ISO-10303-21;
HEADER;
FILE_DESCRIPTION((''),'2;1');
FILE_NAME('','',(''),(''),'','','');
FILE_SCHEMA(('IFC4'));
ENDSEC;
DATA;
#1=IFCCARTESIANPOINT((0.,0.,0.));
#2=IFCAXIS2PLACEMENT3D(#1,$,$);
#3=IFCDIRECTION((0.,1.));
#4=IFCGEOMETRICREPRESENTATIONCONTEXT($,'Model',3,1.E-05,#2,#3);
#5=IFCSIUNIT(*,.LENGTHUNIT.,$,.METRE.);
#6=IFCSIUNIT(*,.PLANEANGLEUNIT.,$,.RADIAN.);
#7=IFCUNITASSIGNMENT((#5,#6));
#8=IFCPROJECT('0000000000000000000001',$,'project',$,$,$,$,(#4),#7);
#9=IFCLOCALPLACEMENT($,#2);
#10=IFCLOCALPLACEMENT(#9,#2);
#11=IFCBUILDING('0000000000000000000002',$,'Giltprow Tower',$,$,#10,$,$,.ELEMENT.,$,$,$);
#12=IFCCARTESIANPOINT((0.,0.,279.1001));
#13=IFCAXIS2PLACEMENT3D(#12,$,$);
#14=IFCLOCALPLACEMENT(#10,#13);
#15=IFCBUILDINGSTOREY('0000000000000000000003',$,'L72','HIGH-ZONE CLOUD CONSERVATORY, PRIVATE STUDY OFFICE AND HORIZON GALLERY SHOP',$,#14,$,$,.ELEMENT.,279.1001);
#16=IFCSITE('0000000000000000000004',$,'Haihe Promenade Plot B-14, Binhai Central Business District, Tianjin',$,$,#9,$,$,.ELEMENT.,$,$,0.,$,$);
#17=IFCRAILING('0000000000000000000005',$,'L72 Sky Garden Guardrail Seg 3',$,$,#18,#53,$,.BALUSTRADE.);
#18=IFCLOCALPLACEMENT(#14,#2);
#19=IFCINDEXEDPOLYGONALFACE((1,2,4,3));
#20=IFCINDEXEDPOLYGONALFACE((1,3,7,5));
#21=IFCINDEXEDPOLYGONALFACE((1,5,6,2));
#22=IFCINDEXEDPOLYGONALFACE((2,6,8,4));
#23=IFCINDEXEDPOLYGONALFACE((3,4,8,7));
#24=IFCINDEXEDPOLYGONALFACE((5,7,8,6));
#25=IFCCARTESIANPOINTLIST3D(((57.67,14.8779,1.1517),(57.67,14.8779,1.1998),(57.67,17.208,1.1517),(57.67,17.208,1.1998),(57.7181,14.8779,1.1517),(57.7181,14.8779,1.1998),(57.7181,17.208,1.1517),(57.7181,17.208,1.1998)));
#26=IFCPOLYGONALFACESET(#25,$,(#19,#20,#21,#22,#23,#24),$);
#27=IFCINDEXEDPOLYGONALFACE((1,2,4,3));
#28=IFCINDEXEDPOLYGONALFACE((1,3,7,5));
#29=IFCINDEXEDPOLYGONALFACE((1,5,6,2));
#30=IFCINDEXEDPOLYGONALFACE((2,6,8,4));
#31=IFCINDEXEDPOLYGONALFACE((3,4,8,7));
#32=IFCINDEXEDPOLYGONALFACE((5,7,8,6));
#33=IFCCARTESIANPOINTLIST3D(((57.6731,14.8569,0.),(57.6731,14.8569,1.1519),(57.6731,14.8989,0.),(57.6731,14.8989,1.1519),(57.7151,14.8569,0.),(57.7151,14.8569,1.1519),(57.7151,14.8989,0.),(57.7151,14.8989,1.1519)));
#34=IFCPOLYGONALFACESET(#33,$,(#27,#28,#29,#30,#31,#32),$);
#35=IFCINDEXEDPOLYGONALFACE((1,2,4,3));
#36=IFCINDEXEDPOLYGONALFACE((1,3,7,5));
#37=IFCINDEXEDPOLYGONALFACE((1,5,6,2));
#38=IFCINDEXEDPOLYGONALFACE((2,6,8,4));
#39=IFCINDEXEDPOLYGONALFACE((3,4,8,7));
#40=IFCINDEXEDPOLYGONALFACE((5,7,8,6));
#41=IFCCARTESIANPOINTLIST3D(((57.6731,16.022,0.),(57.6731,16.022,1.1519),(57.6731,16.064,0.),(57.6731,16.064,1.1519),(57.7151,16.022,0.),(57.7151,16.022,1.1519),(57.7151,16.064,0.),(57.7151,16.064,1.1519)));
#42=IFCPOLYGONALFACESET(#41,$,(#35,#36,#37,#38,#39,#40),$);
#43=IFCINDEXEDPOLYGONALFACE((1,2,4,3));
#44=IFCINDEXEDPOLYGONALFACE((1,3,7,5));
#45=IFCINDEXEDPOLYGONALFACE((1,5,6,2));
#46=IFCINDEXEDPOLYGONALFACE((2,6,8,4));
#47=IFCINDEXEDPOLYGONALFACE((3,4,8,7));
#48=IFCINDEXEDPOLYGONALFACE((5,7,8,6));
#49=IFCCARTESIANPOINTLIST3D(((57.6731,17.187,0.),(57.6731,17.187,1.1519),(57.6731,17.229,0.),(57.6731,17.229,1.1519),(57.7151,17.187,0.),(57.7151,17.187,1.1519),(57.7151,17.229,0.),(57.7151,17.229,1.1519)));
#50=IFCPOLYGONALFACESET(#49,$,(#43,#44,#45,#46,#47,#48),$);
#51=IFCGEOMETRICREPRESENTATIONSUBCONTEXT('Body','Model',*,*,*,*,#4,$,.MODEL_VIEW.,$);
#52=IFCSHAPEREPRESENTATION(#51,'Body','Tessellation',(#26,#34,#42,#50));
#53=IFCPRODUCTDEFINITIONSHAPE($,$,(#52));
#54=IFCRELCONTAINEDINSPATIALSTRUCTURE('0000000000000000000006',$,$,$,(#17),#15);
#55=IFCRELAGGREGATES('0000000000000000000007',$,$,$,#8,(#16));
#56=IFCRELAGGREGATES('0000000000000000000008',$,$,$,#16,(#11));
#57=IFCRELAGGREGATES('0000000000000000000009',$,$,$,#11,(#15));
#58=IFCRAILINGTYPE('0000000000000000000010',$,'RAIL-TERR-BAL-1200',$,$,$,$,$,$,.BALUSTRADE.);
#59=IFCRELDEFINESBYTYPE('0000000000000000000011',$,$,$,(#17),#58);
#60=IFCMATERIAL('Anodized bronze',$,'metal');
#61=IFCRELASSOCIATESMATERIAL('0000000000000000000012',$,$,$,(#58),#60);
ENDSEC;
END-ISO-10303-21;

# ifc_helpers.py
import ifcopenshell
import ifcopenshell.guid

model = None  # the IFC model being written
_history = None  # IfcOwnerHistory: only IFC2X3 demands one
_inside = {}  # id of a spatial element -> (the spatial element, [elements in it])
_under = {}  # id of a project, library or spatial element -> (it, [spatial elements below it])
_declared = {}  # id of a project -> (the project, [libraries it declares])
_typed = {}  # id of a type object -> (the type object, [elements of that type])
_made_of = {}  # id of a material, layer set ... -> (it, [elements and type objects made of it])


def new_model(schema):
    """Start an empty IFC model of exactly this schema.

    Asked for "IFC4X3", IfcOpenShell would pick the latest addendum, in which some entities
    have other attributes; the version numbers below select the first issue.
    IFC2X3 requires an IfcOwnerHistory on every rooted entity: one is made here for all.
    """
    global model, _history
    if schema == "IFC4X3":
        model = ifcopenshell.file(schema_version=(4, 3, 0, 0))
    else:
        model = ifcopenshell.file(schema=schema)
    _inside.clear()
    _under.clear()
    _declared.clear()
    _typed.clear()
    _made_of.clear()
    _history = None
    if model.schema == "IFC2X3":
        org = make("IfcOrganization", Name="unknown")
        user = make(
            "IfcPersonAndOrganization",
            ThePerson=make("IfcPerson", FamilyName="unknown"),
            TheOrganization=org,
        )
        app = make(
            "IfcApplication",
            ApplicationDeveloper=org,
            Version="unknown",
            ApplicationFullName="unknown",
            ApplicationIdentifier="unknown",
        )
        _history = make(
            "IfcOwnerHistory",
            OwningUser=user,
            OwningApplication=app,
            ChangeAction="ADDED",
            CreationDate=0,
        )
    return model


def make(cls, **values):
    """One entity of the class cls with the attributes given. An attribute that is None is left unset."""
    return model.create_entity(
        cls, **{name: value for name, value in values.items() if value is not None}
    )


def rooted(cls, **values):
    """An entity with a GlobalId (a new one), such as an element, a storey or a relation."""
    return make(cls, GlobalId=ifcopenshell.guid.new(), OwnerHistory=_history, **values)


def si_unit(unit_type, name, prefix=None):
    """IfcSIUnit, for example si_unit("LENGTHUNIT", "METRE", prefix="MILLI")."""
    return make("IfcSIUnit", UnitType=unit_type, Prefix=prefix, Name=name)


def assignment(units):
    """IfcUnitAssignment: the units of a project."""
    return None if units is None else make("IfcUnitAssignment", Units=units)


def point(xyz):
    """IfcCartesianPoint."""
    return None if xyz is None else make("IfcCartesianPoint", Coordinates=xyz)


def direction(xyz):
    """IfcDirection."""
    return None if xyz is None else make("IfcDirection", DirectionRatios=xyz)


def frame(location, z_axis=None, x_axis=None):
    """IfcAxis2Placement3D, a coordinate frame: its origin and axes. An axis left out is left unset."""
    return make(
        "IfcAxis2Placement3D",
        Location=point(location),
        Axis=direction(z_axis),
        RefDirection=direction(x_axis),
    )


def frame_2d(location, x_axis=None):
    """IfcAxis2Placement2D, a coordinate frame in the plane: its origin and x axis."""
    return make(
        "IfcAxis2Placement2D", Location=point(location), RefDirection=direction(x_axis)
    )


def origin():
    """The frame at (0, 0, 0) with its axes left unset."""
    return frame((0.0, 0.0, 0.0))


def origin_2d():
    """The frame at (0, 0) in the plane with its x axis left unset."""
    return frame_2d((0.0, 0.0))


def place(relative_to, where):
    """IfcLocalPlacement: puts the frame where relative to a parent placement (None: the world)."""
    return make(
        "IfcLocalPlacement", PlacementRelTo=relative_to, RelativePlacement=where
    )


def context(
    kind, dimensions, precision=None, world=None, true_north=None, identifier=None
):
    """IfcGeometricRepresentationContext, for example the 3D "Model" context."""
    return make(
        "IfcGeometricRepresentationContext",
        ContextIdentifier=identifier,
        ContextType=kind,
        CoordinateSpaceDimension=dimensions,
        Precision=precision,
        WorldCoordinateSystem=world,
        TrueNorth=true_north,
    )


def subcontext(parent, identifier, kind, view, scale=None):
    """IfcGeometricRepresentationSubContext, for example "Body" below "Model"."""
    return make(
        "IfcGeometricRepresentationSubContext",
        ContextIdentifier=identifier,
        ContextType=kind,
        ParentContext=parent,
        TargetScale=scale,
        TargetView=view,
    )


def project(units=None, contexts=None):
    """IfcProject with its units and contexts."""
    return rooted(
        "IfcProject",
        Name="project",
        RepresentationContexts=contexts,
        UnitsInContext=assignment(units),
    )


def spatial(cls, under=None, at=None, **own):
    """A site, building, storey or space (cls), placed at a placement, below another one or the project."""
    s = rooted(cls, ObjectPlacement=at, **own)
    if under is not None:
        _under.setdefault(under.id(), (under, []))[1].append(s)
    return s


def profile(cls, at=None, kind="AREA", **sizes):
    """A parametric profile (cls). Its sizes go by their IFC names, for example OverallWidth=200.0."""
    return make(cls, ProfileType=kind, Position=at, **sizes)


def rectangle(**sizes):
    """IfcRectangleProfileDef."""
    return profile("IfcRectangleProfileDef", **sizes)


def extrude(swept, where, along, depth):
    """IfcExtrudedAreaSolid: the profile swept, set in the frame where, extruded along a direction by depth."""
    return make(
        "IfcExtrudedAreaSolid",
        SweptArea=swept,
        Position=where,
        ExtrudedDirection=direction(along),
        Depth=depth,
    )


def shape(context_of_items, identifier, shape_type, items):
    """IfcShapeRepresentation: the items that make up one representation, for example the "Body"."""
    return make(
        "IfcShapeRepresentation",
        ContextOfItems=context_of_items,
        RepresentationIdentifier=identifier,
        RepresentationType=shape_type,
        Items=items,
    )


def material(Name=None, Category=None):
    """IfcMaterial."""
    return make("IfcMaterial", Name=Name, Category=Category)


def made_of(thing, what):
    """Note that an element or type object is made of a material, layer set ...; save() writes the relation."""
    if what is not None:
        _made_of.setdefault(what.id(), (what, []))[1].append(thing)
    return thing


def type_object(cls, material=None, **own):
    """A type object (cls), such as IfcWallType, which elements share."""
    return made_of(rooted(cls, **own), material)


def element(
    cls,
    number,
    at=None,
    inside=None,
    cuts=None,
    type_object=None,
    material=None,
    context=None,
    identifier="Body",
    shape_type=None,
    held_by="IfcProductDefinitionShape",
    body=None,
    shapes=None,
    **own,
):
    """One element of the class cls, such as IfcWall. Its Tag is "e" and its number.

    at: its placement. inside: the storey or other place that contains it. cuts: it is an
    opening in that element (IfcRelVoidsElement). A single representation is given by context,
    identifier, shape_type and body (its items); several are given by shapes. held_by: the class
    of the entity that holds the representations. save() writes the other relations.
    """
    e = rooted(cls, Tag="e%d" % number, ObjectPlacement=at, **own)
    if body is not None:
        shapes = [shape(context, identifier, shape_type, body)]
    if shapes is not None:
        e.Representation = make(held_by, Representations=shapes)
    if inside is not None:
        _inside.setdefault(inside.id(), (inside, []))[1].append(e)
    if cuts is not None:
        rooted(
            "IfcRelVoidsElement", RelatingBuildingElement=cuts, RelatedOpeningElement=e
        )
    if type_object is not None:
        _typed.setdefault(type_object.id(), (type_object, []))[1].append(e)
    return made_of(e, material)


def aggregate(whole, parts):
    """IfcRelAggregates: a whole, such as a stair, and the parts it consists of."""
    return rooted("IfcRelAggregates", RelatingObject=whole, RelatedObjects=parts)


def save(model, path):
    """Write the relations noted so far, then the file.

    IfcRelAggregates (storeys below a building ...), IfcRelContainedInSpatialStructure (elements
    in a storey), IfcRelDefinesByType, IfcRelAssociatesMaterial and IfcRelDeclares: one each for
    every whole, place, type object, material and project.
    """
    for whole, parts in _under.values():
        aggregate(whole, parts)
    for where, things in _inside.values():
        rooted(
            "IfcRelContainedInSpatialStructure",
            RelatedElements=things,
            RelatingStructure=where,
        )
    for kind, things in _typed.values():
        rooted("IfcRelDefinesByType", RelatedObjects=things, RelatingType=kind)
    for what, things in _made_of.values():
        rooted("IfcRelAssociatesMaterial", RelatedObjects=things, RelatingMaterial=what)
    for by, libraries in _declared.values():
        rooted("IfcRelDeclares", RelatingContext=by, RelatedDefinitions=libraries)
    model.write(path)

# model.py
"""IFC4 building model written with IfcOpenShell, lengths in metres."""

from ifc_helpers import new_model, si_unit, direction, frame, origin, origin_2d, place, context, subcontext, project, spatial, rectangle, extrude, material, type_object, element, save


model = new_model("IFC4")

# Units and contexts
model_context = context("Model", 3, precision=1e-05, world=origin(), true_north=direction((0.0, 1.0)))
body_context = subcontext(model_context, "Body", "Model", "MODEL_VIEW")
ifc_project = project(units=[si_unit("LENGTHUNIT", "METRE"), si_unit("PLANEANGLEUNIT", "RADIAN")], contexts=[model_context])

# Site, building, storey
site_placement = place(None, origin())
site = spatial("IfcSite", under=ifc_project, at=site_placement, Name="Haihe Promenade Plot B-14, Binhai Central Business District, Tianjin", CompositionType="ELEMENT", RefElevation=0.0)
building_placement = place(site_placement, origin())
building = spatial("IfcBuilding", under=site, at=building_placement, Name="Giltprow Tower", CompositionType="ELEMENT")
storey_placement = place(building_placement, frame((0.0, 0.0, 279.1001)))
storey = spatial("IfcBuildingStorey", under=building, at=storey_placement, Name="L72", Description="HIGH-ZONE CLOUD CONSERVATORY, PRIVATE STUDY OFFICE AND HORIZON GALLERY SHOP", CompositionType="ELEMENT", Elevation=279.1001)

# Shared definitions
ifc_material_1 = material(Name="Anodized bronze", Category="metal")

# Railing
railing_type_1 = type_object("IfcRailingType", Name="RAIL-TERR-BAL-1200", PredefinedType="BALUSTRADE", material=ifc_material_1)
railing_1_placement = place(storey_placement, frame((57.6941, 14.8779, 0.0)))
element("IfcRailing", 1, at=railing_1_placement, inside=storey, type_object=railing_type_1, Name="L72 Sky Garden Guardrail Seg 3", PredefinedType="BALUSTRADE", context=body_context, shape_type="SweptSolid", body=[
    extrude(rectangle(XDim=0.0481, YDim=0.0481, at=origin_2d()), frame((0.0, 0.0, 1.1758), z_axis=(0.0, 1.0, 0.0), x_axis=(-1.0, 0.0, 0.0)), (0.0, 0.0, 1.0), 2.3301),
    extrude(rectangle(XDim=0.042, YDim=0.042, at=origin_2d()), origin(), (0.0, 0.0, 1.0), 1.1519),
    extrude(rectangle(XDim=0.042, YDim=0.042, at=origin_2d()), frame((0.0, 1.165, 0.0)), (0.0, 0.0, 1.0), 1.1519),
    extrude(rectangle(XDim=0.042, YDim=0.042, at=origin_2d()), frame((0.0, 2.3301, 0.0)), (0.0, 0.0, 1.0), 1.1519),
])

save(model, "model.ifc")
